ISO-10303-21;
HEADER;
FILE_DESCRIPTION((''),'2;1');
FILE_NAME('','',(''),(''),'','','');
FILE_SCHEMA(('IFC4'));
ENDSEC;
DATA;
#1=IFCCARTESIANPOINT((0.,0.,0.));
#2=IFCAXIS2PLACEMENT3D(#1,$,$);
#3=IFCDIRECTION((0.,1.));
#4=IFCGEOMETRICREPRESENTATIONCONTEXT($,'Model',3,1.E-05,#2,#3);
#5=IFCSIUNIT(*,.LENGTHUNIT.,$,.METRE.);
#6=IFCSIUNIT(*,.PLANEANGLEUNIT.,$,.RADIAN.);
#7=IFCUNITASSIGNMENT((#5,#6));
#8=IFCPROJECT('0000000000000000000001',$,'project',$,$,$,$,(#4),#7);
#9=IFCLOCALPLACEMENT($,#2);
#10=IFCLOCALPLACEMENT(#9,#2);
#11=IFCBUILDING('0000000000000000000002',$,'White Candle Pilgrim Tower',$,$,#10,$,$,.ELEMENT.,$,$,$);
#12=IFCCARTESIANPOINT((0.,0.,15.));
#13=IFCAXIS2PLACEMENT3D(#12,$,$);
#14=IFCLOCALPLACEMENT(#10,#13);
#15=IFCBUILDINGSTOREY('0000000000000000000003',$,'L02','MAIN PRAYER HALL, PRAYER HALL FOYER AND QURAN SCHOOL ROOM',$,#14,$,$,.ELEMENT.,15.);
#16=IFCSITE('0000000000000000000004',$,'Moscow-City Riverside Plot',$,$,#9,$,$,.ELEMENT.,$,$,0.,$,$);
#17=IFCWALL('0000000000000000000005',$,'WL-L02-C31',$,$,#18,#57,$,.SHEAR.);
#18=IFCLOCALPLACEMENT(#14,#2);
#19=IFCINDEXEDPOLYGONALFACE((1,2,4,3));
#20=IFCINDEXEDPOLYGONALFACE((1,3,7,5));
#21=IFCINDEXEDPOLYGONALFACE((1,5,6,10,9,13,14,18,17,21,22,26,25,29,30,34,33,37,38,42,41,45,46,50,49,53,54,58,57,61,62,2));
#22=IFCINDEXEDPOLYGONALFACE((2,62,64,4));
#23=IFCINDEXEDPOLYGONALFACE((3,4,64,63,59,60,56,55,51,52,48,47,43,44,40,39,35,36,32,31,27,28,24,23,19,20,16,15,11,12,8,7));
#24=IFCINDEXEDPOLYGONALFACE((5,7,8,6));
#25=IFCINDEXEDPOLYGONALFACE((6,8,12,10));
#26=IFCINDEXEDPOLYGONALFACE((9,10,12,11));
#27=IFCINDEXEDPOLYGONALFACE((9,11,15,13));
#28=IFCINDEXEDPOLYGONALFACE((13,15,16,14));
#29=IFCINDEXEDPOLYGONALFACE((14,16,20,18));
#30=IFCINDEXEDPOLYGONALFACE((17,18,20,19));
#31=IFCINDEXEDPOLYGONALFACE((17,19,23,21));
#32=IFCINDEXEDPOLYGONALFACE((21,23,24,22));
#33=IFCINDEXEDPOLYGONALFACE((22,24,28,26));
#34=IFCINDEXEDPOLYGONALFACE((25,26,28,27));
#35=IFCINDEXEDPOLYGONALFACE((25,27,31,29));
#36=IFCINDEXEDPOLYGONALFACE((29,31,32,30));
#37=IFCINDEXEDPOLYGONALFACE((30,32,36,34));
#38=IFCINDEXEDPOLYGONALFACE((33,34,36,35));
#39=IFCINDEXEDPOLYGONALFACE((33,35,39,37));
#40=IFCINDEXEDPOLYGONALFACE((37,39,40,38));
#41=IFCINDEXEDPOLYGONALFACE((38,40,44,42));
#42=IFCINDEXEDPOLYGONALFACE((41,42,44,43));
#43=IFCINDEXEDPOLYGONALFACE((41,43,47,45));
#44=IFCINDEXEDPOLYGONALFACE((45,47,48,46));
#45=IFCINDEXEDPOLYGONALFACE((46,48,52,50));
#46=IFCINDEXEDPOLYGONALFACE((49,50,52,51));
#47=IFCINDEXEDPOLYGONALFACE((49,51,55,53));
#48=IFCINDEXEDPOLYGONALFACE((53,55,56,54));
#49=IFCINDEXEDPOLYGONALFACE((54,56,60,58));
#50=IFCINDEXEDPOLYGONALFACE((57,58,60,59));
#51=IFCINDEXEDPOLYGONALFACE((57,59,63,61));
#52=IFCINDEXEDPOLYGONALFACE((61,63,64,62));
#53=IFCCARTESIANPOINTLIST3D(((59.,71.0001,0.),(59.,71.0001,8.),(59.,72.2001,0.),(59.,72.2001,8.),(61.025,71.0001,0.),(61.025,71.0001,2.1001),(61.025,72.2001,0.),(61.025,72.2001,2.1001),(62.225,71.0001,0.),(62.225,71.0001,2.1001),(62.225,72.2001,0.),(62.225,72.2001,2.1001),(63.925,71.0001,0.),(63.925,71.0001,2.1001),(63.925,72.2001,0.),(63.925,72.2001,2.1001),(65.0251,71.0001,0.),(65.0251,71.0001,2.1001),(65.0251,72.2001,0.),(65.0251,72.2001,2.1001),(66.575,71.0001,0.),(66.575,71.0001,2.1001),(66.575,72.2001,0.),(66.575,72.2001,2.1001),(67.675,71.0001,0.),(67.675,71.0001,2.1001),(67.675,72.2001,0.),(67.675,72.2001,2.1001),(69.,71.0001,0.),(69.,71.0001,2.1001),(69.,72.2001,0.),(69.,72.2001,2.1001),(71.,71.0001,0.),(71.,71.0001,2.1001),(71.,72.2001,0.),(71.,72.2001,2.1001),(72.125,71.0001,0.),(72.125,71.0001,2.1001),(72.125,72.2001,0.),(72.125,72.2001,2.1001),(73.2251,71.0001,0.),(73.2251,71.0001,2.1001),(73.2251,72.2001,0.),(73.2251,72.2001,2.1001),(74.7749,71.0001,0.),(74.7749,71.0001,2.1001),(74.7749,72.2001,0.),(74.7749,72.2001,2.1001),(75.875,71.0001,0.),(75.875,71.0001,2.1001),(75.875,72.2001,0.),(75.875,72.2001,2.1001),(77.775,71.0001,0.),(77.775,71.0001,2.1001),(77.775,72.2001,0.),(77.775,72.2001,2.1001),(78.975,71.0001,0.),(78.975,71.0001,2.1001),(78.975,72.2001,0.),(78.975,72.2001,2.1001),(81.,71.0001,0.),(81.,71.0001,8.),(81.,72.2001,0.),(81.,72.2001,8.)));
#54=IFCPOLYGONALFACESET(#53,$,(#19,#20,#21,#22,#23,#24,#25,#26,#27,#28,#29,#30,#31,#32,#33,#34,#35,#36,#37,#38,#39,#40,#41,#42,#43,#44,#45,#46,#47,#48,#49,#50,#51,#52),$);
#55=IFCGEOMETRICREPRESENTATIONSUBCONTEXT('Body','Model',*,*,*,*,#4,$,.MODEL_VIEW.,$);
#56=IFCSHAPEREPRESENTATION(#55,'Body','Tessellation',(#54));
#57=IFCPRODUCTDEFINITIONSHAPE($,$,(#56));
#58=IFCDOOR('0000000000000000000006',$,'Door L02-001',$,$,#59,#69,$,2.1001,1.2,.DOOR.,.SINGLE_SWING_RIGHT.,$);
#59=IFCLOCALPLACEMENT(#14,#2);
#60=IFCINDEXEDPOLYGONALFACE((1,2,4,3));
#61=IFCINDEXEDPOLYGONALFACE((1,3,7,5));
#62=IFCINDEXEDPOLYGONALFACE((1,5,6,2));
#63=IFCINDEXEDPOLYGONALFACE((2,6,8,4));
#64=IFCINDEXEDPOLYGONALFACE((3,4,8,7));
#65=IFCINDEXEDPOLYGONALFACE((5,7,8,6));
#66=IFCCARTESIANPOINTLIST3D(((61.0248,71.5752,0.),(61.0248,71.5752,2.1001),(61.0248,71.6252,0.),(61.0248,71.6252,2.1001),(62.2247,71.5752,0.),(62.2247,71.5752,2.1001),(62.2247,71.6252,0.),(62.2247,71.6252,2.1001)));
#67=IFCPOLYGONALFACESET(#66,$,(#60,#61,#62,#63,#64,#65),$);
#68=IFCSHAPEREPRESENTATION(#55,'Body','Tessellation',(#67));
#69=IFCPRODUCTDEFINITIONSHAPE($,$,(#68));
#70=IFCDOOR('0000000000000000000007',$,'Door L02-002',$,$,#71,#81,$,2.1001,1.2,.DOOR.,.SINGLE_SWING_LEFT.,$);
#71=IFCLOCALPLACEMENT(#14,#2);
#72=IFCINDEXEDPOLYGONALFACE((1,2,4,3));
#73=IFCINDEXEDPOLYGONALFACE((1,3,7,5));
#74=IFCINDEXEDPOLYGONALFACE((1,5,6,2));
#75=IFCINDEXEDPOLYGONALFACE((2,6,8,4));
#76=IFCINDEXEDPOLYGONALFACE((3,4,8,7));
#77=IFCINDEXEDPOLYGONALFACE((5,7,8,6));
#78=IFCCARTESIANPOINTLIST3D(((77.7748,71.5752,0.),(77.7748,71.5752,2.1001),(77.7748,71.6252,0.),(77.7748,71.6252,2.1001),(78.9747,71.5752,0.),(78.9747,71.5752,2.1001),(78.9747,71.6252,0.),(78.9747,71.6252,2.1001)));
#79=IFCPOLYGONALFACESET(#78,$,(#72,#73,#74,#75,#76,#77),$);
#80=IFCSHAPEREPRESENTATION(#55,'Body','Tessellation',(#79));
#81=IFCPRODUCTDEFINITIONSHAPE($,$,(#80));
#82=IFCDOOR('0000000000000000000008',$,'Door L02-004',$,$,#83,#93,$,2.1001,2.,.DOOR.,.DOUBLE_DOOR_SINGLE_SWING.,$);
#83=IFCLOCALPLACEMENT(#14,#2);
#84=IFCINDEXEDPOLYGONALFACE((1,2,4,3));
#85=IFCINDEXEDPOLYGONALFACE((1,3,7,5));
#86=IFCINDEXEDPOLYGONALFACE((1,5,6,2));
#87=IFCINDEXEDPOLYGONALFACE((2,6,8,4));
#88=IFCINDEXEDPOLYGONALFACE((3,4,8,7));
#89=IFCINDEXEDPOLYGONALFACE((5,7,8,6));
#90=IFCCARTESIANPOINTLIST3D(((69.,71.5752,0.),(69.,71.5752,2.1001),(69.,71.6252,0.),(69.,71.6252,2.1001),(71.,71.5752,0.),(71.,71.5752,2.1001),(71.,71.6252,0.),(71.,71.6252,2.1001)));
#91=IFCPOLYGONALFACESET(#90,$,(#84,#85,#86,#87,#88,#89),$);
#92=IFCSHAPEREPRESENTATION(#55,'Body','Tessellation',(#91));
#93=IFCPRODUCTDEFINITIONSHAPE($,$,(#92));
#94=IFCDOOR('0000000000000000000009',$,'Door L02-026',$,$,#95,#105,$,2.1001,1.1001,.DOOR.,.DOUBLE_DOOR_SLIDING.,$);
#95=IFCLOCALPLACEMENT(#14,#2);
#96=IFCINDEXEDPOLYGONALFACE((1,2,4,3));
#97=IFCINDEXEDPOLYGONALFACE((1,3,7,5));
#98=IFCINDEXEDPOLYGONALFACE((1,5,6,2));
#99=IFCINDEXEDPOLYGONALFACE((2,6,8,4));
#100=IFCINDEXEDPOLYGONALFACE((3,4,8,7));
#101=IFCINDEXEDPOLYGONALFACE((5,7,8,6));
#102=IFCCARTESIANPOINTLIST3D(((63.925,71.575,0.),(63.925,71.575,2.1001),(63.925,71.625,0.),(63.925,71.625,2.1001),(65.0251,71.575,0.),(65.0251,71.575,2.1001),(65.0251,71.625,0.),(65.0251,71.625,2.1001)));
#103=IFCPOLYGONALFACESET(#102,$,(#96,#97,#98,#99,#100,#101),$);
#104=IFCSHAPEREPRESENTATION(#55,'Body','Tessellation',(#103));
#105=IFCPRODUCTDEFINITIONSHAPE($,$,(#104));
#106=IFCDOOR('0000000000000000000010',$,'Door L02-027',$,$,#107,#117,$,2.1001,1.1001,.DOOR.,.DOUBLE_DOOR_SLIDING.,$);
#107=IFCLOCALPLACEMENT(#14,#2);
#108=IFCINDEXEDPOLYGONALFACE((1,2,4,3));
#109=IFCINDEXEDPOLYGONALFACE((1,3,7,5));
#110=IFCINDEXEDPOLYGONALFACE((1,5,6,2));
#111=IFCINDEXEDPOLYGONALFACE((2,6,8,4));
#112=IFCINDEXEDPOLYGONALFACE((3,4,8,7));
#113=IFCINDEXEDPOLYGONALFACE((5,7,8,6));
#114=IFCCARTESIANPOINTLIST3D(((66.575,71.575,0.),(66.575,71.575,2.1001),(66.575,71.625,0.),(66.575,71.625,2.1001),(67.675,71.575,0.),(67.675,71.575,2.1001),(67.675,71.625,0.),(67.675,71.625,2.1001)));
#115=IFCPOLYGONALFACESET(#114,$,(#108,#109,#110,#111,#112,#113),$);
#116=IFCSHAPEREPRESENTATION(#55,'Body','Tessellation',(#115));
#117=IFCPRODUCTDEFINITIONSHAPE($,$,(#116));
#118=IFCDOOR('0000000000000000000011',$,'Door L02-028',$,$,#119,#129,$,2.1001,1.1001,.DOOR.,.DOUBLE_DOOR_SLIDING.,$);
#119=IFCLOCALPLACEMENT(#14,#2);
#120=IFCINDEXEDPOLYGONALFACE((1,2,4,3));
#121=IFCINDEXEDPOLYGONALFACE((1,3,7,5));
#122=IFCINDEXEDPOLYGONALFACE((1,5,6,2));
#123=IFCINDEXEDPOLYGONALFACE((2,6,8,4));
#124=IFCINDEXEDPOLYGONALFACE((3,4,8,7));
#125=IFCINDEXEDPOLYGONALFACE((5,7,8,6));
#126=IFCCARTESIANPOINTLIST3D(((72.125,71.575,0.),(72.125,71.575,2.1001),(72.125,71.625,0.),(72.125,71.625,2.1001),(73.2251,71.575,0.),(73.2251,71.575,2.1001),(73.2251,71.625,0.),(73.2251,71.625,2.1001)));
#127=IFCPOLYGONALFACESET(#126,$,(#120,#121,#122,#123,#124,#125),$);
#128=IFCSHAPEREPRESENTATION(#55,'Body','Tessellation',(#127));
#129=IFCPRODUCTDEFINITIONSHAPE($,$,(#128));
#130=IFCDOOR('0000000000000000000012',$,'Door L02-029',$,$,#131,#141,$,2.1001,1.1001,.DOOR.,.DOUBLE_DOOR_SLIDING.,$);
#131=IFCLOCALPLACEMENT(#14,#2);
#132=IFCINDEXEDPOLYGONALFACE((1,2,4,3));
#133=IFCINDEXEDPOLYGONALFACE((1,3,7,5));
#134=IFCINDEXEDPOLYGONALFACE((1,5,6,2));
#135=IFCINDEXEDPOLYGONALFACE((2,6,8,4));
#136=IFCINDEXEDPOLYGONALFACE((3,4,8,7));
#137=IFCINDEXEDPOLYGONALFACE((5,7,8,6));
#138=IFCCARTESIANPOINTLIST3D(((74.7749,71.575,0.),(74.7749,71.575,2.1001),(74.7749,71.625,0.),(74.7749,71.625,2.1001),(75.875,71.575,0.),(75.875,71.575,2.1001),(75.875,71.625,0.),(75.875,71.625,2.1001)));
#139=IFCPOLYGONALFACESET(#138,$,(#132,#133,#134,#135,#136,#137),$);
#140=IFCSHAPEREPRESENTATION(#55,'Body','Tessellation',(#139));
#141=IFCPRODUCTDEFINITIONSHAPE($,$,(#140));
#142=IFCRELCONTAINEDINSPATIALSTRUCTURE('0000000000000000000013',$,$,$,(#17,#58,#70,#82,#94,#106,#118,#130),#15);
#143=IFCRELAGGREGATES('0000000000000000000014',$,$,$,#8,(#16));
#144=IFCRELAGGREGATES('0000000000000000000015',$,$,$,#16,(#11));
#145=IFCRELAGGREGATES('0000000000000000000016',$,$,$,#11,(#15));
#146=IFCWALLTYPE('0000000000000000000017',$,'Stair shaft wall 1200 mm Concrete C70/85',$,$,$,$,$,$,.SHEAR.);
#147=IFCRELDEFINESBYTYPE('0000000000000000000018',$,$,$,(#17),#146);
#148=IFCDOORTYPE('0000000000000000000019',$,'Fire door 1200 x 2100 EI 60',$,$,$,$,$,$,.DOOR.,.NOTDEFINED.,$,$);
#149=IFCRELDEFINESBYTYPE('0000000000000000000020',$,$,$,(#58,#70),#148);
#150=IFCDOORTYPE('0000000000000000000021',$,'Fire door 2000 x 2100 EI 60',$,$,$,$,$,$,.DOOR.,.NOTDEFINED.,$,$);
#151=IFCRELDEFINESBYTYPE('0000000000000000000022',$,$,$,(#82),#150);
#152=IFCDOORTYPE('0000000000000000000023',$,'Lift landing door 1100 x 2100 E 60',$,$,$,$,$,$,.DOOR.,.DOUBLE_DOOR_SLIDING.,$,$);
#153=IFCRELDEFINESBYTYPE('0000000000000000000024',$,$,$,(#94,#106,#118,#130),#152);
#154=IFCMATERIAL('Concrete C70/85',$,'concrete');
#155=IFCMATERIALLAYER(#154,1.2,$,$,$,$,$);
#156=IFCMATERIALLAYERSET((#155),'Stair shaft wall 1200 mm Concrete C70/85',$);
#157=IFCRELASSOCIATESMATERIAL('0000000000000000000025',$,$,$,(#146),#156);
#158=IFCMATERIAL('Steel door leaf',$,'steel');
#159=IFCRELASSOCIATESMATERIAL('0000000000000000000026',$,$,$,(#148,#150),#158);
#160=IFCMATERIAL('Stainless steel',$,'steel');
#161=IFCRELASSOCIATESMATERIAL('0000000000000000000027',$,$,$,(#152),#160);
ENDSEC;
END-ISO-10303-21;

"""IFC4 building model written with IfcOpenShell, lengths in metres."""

from ifc_helpers import new_model, si_unit, direction, frame, frame_2d, origin, place, context, subcontext, project, spatial, rectangle, extrude, material, layer, layer_set, type_object, element, fill, save


model = new_model("IFC4")

# Units and contexts
model_context = context("Model", 3, precision=1e-05, world=origin(), true_north=direction((0.0, 1.0)))
body_context = subcontext(model_context, "Body", "Model", "MODEL_VIEW")
ifc_project = project(units=[si_unit("LENGTHUNIT", "METRE"), si_unit("PLANEANGLEUNIT", "RADIAN")], contexts=[model_context])

# Site, building, storey
site_placement = place(None, origin())
site = spatial("IfcSite", under=ifc_project, at=site_placement, Name="Moscow-City Riverside Plot", CompositionType="ELEMENT", RefElevation=0.0)
building_placement = place(site_placement, origin())
building = spatial("IfcBuilding", under=site, at=building_placement, Name="White Candle Pilgrim Tower", CompositionType="ELEMENT")
storey_placement = place(building_placement, frame((0.0, 0.0, 15.0)))
storey = spatial("IfcBuildingStorey", under=building, at=storey_placement, Name="L02", Description="MAIN PRAYER HALL, PRAYER HALL FOYER AND QURAN SCHOOL ROOM", CompositionType="ELEMENT", Elevation=15.0)

# Wall, openings, doors
ifc_material_1 = material(Name="Concrete C70/85", Category="concrete")
ifc_layer_1 = layer(ifc_material_1, 1.2)
ifc_layer_set_1 = layer_set([ifc_layer_1], Name="Stair shaft wall 1200 mm Concrete C70/85")
wall_type = type_object("IfcWallType", Name="Stair shaft wall 1200 mm Concrete C70/85", PredefinedType="SHEAR", material=ifc_layer_set_1)
wall_placement = place(storey_placement, frame((59.0, 71.6001, 0.0), z_axis=(0.0, 0.0, 1.0), x_axis=(1.0, 0.0, 0.0)))
wall = element("IfcWall", 1, at=wall_placement, inside=storey, type_object=wall_type, Name="WL-L02-C31", PredefinedType="SHEAR", context=body_context, shape_type="SweptSolid", body=[
    extrude(rectangle(XDim=22.0, YDim=1.2, at=frame_2d((11.0, 0.0))), origin(), (0.0, 0.0, 1.0), 8.0),
])
opening_1_placement = place(wall_placement, frame((2.0249, 0.0, 0.0)))
opening_1 = element("IfcOpeningElement", 2, at=opening_1_placement, cuts=wall, PredefinedType="OPENING", context=body_context, shape_type="SweptSolid", body=[
    extrude(rectangle(XDim=1.2, YDim=2.1001, at=frame_2d((0.6001, 1.05))), frame((0.0, 0.6099, 0.0), z_axis=(0.0, -1.0, 0.0), x_axis=(1.0, 0.0, 0.0)), (0.0, 0.0, 1.0), 1.22),
])
opening_2_placement = place(wall_placement, frame((18.7749, 0.0, 0.0)))
opening_2 = element("IfcOpeningElement", 3, at=opening_2_placement, cuts=wall, PredefinedType="OPENING", context=body_context, shape_type="SweptSolid", body=[
    extrude(rectangle(XDim=1.2, YDim=2.1001, at=frame_2d((0.6001, 1.05))), frame((0.0, 0.6099, 0.0), z_axis=(0.0, -1.0, 0.0), x_axis=(1.0, 0.0, 0.0)), (0.0, 0.0, 1.0), 1.22),
])
opening_3_placement = place(wall_placement, frame((10.0, 0.0, 0.0)))
opening_3 = element("IfcOpeningElement", 4, at=opening_3_placement, cuts=wall, PredefinedType="OPENING", context=body_context, shape_type="SweptSolid", body=[
    extrude(rectangle(XDim=2.0, YDim=2.1001, at=frame_2d((1.0, 1.05))), frame((0.0, 0.6099, 0.0), z_axis=(0.0, -1.0, 0.0), x_axis=(1.0, 0.0, 0.0)), (0.0, 0.0, 1.0), 1.22),
])
opening_4_placement = place(wall_placement, frame((4.925, 0.0, 0.0)))
opening_4 = element("IfcOpeningElement", 5, at=opening_4_placement, cuts=wall, PredefinedType="OPENING", context=body_context, shape_type="SweptSolid", body=[
    extrude(rectangle(XDim=1.1001, YDim=2.1001, at=frame_2d((0.55, 1.05))), frame((0.0, 0.6099, 0.0), z_axis=(0.0, -1.0, 0.0), x_axis=(1.0, 0.0, 0.0)), (0.0, 0.0, 1.0), 1.22),
])
opening_5_placement = place(wall_placement, frame((7.575, 0.0, 0.0)))
opening_5 = element("IfcOpeningElement", 6, at=opening_5_placement, cuts=wall, PredefinedType="OPENING", context=body_context, shape_type="SweptSolid", body=[
    extrude(rectangle(XDim=1.1001, YDim=2.1001, at=frame_2d((0.55, 1.05))), frame((0.0, 0.6099, 0.0), z_axis=(0.0, -1.0, 0.0), x_axis=(1.0, 0.0, 0.0)), (0.0, 0.0, 1.0), 1.22),
])
opening_6_placement = place(wall_placement, frame((13.125, 0.0, 0.0)))
opening_6 = element("IfcOpeningElement", 7, at=opening_6_placement, cuts=wall, PredefinedType="OPENING", context=body_context, shape_type="SweptSolid", body=[
    extrude(rectangle(XDim=1.1001, YDim=2.1001, at=frame_2d((0.55, 1.05))), frame((0.0, 0.6099, 0.0), z_axis=(0.0, -1.0, 0.0), x_axis=(1.0, 0.0, 0.0)), (0.0, 0.0, 1.0), 1.22),
])
opening_7_placement = place(wall_placement, frame((15.7749, 0.0, 0.0)))
opening_7 = element("IfcOpeningElement", 8, at=opening_7_placement, cuts=wall, PredefinedType="OPENING", context=body_context, shape_type="SweptSolid", body=[
    extrude(rectangle(XDim=1.1001, YDim=2.1001, at=frame_2d((0.55, 1.05))), frame((0.0, 0.6099, 0.0), z_axis=(0.0, -1.0, 0.0), x_axis=(1.0, 0.0, 0.0)), (0.0, 0.0, 1.0), 1.22),
])
ifc_material_2 = material(Name="Steel door leaf", Category="steel")
door_type_1 = type_object("IfcDoorType", Name="Fire door 1200 x 2100 EI 60", OperationType="NOTDEFINED", PredefinedType="DOOR", material=ifc_material_2)
door_1_placement = place(opening_1_placement, frame((1.2, 0.0, 0.0), z_axis=(0.0, 0.0, 1.0), x_axis=(-1.0, 0.0, 0.0)))
door_1 = element("IfcDoor", 9, at=door_1_placement, inside=storey, type_object=door_type_1, Name="Door L02-001", OperationType="SINGLE_SWING_RIGHT", OverallHeight=2.1001, OverallWidth=1.2, PredefinedType="DOOR", context=body_context, shape_type="SweptSolid", body=[
    extrude(rectangle(XDim=1.2, YDim=2.1001, at=frame_2d((0.6001, 1.05))), frame((0.0, 0.0249, 0.0), z_axis=(0.0, -1.0, 0.0), x_axis=(1.0, 0.0, 0.0)), (0.0, 0.0, 1.0), 0.05),
])
fill(opening_1, door_1)
door_2_placement = place(opening_2_placement, frame((1.2, 0.0, 0.0), z_axis=(0.0, 0.0, 1.0), x_axis=(-1.0, 0.0, 0.0)))
door_2 = element("IfcDoor", 10, at=door_2_placement, inside=storey, type_object=door_type_1, Name="Door L02-002", OperationType="SINGLE_SWING_LEFT", OverallHeight=2.1001, OverallWidth=1.2, PredefinedType="DOOR", context=body_context, shape_type="SweptSolid", body=[
    extrude(rectangle(XDim=1.2, YDim=2.1001, at=frame_2d((0.6001, 1.05))), frame((0.0, 0.0249, 0.0), z_axis=(0.0, -1.0, 0.0), x_axis=(1.0, 0.0, 0.0)), (0.0, 0.0, 1.0), 0.05),
])
fill(opening_2, door_2)
door_type_2 = type_object("IfcDoorType", Name="Fire door 2000 x 2100 EI 60", OperationType="NOTDEFINED", PredefinedType="DOOR", material=ifc_material_2)
door_3_placement = place(opening_3_placement, frame((2.0, 0.0, 0.0), z_axis=(0.0, 0.0, 1.0), x_axis=(-1.0, 0.0, 0.0)))
door_3 = element("IfcDoor", 11, at=door_3_placement, inside=storey, type_object=door_type_2, Name="Door L02-004", OperationType="DOUBLE_DOOR_SINGLE_SWING", OverallHeight=2.1001, OverallWidth=2.0, PredefinedType="DOOR", context=body_context, shape_type="SweptSolid", body=[
    extrude(rectangle(XDim=2.0, YDim=2.1001, at=frame_2d((1.0, 1.05))), frame((0.0, 0.0249, 0.0), z_axis=(0.0, -1.0, 0.0), x_axis=(1.0, 0.0, 0.0)), (0.0, 0.0, 1.0), 0.05),
])
fill(opening_3, door_3)
ifc_material_3 = material(Name="Stainless steel", Category="steel")
door_type_3 = type_object("IfcDoorType", Name="Lift landing door 1100 x 2100 E 60", OperationType="DOUBLE_DOOR_SLIDING", PredefinedType="DOOR", material=ifc_material_3)
door_4_placement = place(opening_4_placement, origin())
door_4 = element("IfcDoor", 12, at=door_4_placement, inside=storey, type_object=door_type_3, Name="Door L02-026", OperationType="DOUBLE_DOOR_SLIDING", OverallHeight=2.1001, OverallWidth=1.1001, PredefinedType="DOOR", context=body_context, shape_type="SweptSolid", body=[
    extrude(rectangle(XDim=1.1001, YDim=2.1001, at=frame_2d((0.55, 1.05))), frame((0.0, 0.0249, 0.0), z_axis=(0.0, -1.0, 0.0), x_axis=(1.0, 0.0, 0.0)), (0.0, 0.0, 1.0), 0.05),
])
fill(opening_4, door_4)
door_5_placement = place(opening_5_placement, origin())
door_5 = element("IfcDoor", 13, at=door_5_placement, inside=storey, type_object=door_type_3, Name="Door L02-027", OperationType="DOUBLE_DOOR_SLIDING", OverallHeight=2.1001, OverallWidth=1.1001, PredefinedType="DOOR", context=body_context, shape_type="SweptSolid", body=[
    extrude(rectangle(XDim=1.1001, YDim=2.1001, at=frame_2d((0.55, 1.05))), frame((0.0, 0.0249, 0.0), z_axis=(0.0, -1.0, 0.0), x_axis=(1.0, 0.0, 0.0)), (0.0, 0.0, 1.0), 0.05),
])
fill(opening_5, door_5)
door_6_placement = place(opening_6_placement, origin())
door_6 = element("IfcDoor", 14, at=door_6_placement, inside=storey, type_object=door_type_3, Name="Door L02-028", OperationType="DOUBLE_DOOR_SLIDING", OverallHeight=2.1001, OverallWidth=1.1001, PredefinedType="DOOR", context=body_context, shape_type="SweptSolid", body=[
    extrude(rectangle(XDim=1.1001, YDim=2.1001, at=frame_2d((0.55, 1.05))), frame((0.0, 0.0249, 0.0), z_axis=(0.0, -1.0, 0.0), x_axis=(1.0, 0.0, 0.0)), (0.0, 0.0, 1.0), 0.05),
])
fill(opening_6, door_6)
door_7_placement = place(opening_7_placement, origin())
door_7 = element("IfcDoor", 15, at=door_7_placement, inside=storey, type_object=door_type_3, Name="Door L02-029", OperationType="DOUBLE_DOOR_SLIDING", OverallHeight=2.1001, OverallWidth=1.1001, PredefinedType="DOOR", context=body_context, shape_type="SweptSolid", body=[
    extrude(rectangle(XDim=1.1001, YDim=2.1001, at=frame_2d((0.55, 1.05))), frame((0.0, 0.0249, 0.0), z_axis=(0.0, -1.0, 0.0), x_axis=(1.0, 0.0, 0.0)), (0.0, 0.0, 1.0), 0.05),
])
fill(opening_7, door_7)

save(model, "model.ifc")
